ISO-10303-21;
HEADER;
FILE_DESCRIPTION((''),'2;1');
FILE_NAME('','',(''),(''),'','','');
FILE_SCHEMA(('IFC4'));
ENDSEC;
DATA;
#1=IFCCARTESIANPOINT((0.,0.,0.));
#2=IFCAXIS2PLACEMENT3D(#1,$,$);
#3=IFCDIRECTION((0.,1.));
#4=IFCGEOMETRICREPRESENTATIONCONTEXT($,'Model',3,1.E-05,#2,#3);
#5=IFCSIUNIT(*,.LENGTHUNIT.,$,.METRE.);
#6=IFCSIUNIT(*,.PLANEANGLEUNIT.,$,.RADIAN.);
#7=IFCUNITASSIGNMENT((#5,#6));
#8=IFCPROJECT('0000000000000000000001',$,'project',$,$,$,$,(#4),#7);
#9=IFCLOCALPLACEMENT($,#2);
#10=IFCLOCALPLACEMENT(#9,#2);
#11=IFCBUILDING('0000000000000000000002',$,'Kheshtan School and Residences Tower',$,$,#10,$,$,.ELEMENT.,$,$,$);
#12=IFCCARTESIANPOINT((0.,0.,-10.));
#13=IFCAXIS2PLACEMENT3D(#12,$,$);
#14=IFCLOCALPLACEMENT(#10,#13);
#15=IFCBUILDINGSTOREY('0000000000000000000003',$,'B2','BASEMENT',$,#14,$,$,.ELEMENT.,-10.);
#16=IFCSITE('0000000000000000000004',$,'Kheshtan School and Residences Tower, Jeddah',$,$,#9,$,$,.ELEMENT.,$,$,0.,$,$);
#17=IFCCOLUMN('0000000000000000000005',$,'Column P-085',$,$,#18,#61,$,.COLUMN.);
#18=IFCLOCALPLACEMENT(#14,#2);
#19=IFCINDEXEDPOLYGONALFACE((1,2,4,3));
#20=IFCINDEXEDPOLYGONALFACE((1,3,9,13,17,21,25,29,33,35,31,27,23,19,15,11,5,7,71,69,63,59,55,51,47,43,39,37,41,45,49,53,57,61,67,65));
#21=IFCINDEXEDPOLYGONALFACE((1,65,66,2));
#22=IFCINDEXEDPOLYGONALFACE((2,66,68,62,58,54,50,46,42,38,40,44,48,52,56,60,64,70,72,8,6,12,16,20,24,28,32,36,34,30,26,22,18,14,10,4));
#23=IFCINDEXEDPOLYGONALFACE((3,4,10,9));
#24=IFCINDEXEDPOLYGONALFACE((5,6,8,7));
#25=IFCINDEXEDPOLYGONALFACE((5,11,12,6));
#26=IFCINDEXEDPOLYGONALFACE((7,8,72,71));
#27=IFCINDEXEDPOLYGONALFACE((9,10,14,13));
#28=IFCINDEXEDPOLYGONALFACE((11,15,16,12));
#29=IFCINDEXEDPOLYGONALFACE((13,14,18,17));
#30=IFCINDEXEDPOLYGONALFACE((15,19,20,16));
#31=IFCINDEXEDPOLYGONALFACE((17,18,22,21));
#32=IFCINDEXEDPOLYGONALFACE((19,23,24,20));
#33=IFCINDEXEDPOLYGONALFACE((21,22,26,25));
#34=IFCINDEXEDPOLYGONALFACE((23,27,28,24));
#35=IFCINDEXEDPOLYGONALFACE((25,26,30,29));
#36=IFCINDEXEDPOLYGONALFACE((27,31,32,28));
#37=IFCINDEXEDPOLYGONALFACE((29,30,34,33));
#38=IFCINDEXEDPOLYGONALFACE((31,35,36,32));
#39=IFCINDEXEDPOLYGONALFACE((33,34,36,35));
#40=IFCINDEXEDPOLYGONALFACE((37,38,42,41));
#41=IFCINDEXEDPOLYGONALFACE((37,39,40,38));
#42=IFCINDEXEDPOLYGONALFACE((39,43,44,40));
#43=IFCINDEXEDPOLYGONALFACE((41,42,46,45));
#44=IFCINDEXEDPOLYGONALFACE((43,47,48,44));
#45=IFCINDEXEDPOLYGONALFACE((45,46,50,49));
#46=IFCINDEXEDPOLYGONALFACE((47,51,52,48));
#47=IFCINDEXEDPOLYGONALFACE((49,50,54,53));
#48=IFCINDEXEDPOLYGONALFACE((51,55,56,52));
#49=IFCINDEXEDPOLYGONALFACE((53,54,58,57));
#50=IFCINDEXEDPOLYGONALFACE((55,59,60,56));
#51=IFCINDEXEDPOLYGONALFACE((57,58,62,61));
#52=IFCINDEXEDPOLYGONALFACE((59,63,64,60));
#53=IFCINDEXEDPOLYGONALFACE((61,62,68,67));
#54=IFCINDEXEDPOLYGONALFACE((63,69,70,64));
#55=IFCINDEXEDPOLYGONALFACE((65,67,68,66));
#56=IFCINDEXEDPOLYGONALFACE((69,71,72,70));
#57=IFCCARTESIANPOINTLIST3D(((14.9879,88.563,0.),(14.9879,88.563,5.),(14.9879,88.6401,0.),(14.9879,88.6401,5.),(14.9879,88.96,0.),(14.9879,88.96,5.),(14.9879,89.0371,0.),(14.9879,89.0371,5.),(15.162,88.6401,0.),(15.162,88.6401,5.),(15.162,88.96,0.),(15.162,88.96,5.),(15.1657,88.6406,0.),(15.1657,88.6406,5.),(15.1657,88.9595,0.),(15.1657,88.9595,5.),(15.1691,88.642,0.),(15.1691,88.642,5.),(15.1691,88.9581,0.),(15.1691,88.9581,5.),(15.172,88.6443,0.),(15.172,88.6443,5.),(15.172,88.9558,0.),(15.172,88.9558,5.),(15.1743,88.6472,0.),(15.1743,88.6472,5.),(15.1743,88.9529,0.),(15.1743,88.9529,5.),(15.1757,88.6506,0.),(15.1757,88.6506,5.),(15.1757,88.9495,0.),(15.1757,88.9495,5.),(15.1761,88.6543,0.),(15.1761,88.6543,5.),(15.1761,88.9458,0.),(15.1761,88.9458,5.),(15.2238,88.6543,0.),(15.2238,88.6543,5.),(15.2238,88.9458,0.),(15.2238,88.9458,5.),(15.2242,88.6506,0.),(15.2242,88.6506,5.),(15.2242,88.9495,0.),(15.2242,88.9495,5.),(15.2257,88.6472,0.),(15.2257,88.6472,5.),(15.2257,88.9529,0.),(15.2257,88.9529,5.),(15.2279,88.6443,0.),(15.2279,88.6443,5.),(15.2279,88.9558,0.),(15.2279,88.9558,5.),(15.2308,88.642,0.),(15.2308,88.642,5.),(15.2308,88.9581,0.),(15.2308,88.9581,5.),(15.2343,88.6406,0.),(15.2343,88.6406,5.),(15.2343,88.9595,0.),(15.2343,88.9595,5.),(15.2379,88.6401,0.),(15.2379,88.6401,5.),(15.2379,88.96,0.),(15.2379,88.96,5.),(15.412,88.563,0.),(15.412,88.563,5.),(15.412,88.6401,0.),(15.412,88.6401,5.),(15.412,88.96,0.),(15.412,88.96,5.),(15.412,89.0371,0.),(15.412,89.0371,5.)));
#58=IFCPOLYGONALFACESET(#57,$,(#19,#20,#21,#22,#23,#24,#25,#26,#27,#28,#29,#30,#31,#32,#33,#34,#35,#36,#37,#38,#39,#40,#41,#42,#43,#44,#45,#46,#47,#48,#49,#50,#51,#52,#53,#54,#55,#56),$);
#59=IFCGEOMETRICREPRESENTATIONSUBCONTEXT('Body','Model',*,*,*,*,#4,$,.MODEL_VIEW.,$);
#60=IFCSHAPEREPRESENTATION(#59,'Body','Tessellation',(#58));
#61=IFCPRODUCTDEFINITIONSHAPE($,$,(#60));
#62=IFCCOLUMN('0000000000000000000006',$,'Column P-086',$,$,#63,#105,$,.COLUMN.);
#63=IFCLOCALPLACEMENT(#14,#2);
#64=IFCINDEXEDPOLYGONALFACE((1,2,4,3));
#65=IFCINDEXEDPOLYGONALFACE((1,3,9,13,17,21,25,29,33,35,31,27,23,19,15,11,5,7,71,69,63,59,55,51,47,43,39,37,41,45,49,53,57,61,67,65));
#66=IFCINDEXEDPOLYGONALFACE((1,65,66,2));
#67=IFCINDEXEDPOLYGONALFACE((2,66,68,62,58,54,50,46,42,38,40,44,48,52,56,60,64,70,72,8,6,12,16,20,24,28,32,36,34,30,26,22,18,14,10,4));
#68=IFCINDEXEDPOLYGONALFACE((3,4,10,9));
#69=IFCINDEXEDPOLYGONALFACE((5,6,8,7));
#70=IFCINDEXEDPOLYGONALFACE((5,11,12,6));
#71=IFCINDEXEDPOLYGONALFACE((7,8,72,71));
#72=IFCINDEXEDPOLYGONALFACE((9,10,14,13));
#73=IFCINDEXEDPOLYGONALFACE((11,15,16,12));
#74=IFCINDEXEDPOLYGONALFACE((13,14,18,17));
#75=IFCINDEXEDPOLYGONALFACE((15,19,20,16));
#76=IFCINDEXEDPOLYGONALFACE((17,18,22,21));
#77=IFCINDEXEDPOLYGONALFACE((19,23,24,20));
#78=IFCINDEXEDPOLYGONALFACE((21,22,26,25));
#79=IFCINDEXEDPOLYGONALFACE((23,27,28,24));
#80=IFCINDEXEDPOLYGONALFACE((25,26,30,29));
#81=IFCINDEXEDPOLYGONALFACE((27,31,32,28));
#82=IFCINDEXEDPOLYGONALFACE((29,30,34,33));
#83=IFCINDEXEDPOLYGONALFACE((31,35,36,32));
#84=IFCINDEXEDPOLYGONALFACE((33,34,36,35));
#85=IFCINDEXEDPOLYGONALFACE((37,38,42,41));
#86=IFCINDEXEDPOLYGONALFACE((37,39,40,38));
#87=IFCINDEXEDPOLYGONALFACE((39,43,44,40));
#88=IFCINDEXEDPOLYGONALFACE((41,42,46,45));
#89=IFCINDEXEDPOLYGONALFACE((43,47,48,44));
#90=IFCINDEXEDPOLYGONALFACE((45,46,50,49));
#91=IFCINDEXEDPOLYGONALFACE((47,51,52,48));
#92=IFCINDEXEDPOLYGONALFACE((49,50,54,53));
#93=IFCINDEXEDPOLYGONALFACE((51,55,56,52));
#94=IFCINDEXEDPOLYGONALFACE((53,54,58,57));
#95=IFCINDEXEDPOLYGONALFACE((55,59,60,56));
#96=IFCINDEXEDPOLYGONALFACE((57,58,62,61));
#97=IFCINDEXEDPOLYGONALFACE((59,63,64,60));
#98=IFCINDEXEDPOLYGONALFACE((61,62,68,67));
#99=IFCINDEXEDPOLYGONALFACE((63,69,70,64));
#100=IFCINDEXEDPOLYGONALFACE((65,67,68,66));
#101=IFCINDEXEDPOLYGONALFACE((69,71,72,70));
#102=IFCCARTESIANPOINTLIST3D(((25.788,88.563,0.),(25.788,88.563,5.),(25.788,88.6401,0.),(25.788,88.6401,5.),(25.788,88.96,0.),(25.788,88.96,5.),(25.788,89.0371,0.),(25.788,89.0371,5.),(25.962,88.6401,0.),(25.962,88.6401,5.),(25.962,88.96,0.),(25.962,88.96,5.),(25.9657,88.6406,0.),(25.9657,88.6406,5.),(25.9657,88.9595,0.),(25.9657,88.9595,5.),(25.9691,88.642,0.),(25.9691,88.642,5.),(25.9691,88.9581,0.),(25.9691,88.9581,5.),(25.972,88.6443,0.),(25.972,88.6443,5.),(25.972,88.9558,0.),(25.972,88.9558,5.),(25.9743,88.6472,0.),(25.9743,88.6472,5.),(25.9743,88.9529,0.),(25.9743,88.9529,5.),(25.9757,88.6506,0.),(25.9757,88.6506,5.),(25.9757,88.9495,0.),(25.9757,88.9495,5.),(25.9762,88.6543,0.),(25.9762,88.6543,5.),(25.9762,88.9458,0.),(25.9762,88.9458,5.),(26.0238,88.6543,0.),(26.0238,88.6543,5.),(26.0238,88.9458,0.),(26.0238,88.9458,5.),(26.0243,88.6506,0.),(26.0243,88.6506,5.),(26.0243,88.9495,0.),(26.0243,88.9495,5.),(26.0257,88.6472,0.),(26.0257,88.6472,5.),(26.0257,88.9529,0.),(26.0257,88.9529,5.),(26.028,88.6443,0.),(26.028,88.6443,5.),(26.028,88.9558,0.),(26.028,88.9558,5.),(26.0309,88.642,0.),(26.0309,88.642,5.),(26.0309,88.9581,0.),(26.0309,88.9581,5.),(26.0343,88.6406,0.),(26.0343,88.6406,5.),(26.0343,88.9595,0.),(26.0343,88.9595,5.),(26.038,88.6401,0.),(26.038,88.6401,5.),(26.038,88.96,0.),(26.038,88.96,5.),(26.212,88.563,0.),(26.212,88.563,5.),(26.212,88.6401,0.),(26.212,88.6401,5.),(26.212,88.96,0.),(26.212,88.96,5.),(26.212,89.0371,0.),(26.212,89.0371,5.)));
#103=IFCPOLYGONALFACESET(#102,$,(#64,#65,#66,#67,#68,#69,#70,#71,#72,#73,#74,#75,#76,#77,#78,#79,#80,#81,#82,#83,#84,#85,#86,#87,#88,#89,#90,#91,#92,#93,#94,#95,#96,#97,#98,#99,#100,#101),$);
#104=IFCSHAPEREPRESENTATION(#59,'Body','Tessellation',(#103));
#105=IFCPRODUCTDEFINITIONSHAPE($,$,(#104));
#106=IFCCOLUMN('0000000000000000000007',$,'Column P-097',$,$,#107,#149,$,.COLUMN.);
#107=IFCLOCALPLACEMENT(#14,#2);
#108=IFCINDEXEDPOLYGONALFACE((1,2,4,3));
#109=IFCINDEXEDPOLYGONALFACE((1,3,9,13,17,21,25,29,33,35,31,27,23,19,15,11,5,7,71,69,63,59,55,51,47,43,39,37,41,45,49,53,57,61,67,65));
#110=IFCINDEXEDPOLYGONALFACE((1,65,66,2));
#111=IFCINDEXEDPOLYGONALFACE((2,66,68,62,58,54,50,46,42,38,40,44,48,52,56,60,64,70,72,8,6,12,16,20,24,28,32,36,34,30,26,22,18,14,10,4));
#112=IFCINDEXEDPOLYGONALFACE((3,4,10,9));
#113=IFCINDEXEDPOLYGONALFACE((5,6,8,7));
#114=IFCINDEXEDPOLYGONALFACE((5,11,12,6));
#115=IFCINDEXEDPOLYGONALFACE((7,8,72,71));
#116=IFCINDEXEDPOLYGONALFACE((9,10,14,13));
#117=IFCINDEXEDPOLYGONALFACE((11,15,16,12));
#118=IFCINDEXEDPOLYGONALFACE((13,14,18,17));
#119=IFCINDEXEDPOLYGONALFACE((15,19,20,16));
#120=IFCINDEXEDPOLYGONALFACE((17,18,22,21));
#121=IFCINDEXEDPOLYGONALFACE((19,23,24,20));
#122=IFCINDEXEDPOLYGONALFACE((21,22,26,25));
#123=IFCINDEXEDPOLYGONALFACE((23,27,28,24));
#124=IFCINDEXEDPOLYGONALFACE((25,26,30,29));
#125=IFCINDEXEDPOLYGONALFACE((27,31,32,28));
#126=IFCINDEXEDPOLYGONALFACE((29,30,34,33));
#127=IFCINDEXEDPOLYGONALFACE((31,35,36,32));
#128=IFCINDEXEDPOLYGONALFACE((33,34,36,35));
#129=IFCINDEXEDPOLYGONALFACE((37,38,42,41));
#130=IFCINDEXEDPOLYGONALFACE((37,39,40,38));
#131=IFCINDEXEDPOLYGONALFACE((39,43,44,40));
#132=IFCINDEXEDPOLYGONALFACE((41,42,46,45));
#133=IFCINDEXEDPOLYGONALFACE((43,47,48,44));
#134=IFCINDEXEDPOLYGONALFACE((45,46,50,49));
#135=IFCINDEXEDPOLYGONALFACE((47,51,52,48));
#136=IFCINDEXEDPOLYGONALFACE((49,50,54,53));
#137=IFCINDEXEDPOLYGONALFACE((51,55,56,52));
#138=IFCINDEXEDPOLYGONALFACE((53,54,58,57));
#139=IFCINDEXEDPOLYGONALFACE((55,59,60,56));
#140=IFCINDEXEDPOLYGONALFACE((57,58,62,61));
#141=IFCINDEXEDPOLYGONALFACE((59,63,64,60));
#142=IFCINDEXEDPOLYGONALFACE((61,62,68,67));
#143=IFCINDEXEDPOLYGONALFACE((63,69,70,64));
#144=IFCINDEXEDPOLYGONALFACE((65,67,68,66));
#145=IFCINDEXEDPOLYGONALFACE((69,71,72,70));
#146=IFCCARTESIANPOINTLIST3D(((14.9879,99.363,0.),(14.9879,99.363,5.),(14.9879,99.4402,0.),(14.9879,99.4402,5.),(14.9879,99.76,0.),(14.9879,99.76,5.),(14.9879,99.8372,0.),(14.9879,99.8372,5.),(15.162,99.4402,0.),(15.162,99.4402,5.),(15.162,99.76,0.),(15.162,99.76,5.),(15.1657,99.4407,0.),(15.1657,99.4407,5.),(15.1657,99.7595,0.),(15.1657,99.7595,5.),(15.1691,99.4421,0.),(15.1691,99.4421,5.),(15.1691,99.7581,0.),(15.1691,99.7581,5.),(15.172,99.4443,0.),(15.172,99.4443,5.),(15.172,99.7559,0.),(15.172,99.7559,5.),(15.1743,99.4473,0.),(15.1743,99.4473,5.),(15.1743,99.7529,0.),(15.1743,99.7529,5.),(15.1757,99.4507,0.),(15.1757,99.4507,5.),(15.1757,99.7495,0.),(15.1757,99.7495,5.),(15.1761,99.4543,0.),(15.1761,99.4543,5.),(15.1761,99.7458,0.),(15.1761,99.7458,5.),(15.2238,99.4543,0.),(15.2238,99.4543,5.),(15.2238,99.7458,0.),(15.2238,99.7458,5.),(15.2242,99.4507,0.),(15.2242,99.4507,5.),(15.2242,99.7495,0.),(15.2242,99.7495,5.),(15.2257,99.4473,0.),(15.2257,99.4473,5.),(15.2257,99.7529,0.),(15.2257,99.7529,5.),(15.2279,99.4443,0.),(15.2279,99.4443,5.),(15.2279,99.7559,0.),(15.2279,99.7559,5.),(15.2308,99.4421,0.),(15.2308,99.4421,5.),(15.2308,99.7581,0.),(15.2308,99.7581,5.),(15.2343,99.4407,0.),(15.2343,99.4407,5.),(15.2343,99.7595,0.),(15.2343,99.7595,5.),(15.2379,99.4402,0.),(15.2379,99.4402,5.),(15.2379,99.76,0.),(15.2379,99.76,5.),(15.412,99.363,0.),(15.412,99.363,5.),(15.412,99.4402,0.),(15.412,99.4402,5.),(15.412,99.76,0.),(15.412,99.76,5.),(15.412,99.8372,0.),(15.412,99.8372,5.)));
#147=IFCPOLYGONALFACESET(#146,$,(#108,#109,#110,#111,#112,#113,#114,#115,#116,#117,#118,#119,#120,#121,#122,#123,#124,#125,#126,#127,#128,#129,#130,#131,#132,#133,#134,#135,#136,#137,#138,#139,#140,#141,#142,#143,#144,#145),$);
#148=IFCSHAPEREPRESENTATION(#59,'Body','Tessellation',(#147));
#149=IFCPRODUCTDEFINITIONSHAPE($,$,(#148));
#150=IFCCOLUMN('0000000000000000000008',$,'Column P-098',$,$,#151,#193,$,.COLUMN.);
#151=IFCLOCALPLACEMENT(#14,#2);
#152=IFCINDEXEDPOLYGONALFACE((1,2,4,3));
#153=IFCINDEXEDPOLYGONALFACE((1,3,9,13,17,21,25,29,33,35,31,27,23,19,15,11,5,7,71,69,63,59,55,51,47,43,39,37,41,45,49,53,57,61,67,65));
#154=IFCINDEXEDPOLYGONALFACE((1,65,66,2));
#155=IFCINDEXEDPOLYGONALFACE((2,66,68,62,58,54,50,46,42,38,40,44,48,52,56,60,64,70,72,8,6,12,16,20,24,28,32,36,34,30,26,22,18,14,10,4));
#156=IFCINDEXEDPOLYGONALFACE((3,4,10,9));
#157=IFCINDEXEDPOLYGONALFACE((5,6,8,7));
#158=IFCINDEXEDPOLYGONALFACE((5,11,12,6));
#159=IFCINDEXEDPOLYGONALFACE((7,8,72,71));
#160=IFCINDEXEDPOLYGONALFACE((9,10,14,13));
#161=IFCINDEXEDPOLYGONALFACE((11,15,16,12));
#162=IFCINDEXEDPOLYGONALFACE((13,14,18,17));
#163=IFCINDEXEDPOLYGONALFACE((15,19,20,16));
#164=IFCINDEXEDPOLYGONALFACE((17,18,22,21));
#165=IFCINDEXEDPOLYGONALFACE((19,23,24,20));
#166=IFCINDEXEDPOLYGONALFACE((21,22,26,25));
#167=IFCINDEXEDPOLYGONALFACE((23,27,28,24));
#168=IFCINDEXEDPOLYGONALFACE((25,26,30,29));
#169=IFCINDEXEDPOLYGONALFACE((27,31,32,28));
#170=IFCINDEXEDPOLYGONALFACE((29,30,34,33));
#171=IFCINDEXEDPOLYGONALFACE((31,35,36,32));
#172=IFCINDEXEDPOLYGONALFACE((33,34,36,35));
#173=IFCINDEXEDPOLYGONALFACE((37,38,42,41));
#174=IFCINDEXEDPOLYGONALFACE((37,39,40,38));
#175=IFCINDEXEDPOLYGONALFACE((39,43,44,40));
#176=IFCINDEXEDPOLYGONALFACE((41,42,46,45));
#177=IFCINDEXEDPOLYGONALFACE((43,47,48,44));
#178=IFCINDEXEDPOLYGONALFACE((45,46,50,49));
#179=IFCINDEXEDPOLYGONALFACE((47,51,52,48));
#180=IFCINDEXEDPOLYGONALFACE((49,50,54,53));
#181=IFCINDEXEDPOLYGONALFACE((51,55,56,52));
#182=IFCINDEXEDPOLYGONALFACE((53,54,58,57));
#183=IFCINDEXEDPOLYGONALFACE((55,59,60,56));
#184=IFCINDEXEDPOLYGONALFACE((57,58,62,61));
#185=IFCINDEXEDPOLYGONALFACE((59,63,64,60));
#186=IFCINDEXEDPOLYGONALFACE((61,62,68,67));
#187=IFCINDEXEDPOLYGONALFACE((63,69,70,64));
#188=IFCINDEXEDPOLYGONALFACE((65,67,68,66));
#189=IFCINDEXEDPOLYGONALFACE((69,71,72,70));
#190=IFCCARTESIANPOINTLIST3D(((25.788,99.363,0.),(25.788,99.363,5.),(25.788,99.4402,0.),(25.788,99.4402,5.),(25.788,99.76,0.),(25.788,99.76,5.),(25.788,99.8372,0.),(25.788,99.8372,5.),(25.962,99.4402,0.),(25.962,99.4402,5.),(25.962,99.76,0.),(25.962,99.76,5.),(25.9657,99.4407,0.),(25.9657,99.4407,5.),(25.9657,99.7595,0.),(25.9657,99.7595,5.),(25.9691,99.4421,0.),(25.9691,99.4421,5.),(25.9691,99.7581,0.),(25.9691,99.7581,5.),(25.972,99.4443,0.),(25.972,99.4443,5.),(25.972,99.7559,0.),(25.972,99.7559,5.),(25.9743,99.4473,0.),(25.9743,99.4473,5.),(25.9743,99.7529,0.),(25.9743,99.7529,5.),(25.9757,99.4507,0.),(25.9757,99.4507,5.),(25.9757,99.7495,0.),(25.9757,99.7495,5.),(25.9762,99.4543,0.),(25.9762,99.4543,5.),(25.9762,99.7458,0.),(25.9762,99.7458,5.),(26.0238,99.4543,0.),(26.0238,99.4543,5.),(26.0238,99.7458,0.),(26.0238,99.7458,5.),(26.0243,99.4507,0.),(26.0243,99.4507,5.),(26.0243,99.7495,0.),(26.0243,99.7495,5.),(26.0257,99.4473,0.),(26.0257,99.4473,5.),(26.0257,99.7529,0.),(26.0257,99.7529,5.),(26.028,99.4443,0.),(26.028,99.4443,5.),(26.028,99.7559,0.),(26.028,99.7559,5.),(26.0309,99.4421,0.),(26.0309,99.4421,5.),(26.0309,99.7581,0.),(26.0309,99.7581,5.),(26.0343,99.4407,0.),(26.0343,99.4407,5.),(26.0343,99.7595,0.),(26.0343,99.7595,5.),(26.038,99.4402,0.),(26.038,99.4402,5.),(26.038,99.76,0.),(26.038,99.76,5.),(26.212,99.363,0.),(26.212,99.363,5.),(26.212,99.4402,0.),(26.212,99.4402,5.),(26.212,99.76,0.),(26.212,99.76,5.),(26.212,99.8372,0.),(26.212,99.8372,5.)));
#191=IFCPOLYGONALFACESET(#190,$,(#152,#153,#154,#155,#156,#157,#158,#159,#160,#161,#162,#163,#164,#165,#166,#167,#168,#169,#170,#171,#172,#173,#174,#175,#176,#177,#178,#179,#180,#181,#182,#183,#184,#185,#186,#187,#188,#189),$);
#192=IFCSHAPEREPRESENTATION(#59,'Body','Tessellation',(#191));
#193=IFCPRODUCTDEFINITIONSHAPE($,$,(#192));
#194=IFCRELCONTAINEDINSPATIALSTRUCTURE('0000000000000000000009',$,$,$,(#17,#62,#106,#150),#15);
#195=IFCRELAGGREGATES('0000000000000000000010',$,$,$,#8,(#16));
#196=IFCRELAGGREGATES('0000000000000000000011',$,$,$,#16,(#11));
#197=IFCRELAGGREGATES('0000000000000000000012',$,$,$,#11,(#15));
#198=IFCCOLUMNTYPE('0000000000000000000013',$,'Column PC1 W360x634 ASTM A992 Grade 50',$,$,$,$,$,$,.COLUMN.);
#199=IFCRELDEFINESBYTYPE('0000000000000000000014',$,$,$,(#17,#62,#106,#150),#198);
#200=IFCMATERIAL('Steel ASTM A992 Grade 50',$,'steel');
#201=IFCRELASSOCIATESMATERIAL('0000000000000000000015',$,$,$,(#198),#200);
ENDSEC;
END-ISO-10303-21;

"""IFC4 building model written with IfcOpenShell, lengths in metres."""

from ifc_helpers import new_model, si_unit, direction, frame, origin, origin_2d, place, context, subcontext, project, spatial, i_section, extrude, material, material_profile, profile_set, type_object, element, save


model = new_model("IFC4")

# Units and contexts
model_context = context("Model", 3, precision=1e-05, world=origin(), true_north=direction((0.0, 1.0)))
body_context = subcontext(model_context, "Body", "Model", "MODEL_VIEW")
ifc_project = project(units=[si_unit("LENGTHUNIT", "METRE"), si_unit("PLANEANGLEUNIT", "RADIAN")], contexts=[model_context])

# Site, building, storey
site_placement = place(None, origin())
site = spatial("IfcSite", under=ifc_project, at=site_placement, Name="Kheshtan School and Residences Tower, Jeddah", CompositionType="ELEMENT", RefElevation=0.0)
building_placement = place(site_placement, origin())
building = spatial("IfcBuilding", under=site, at=building_placement, Name="Kheshtan School and Residences Tower", CompositionType="ELEMENT")
storey_placement = place(building_placement, frame((0.0, 0.0, -10.0)))
storey = spatial("IfcBuildingStorey", under=building, at=storey_placement, Name="B2", Description="BASEMENT", CompositionType="ELEMENT", Elevation=-10.0)

# Columns
ifc_material_1 = material(Name="Steel ASTM A992 Grade 50", Category="steel")
ifc_material_profile = material_profile(ifc_material_1, i_section(OverallWidth=0.4241, OverallDepth=0.4741, WebThickness=0.0476, FlangeThickness=0.0771, FilletRadius=0.0142, at=origin_2d()), Name="W360x634")
ifc_profile_set = profile_set([ifc_material_profile], Name="Steel ASTM A992 Grade 50")
column_type = type_object("IfcColumnType", Name="Column PC1 W360x634 ASTM A992 Grade 50", PredefinedType="COLUMN", material=ifc_profile_set)
for number, where, z_axis, x_axis, name in (
    (1, (15.2, 88.8, 0.0), (0.0, 0.0, 1.0), (1.0, 0.0, 0.0), "Column P-085"),
    (2, (26.0, 88.8, 0.0), (0.0, 0.0, 1.0), (1.0, 0.0, 0.0), "Column P-086"),
    (3, (15.2, 99.6001, 0.0), (0.0, 0.0, 1.0), (1.0, 0.0, 0.0), "Column P-097"),
    (4, (26.0, 99.6001, 0.0), (0.0, 0.0, 1.0), (1.0, 0.0, 0.0), "Column P-098"),
):
    element("IfcColumn", number, at=place(storey_placement, frame(where, z_axis=z_axis, x_axis=x_axis)), inside=storey, type_object=column_type, Name=name, PredefinedType="COLUMN", context=body_context, shape_type="SweptSolid", body=[
        extrude(i_section(OverallWidth=0.4241, OverallDepth=0.4741, WebThickness=0.0476, FlangeThickness=0.0771, FilletRadius=0.0142, at=origin_2d()), origin(), (0.0, 0.0, 1.0), 5.0),
    ])

save(model, "model.ifc")
